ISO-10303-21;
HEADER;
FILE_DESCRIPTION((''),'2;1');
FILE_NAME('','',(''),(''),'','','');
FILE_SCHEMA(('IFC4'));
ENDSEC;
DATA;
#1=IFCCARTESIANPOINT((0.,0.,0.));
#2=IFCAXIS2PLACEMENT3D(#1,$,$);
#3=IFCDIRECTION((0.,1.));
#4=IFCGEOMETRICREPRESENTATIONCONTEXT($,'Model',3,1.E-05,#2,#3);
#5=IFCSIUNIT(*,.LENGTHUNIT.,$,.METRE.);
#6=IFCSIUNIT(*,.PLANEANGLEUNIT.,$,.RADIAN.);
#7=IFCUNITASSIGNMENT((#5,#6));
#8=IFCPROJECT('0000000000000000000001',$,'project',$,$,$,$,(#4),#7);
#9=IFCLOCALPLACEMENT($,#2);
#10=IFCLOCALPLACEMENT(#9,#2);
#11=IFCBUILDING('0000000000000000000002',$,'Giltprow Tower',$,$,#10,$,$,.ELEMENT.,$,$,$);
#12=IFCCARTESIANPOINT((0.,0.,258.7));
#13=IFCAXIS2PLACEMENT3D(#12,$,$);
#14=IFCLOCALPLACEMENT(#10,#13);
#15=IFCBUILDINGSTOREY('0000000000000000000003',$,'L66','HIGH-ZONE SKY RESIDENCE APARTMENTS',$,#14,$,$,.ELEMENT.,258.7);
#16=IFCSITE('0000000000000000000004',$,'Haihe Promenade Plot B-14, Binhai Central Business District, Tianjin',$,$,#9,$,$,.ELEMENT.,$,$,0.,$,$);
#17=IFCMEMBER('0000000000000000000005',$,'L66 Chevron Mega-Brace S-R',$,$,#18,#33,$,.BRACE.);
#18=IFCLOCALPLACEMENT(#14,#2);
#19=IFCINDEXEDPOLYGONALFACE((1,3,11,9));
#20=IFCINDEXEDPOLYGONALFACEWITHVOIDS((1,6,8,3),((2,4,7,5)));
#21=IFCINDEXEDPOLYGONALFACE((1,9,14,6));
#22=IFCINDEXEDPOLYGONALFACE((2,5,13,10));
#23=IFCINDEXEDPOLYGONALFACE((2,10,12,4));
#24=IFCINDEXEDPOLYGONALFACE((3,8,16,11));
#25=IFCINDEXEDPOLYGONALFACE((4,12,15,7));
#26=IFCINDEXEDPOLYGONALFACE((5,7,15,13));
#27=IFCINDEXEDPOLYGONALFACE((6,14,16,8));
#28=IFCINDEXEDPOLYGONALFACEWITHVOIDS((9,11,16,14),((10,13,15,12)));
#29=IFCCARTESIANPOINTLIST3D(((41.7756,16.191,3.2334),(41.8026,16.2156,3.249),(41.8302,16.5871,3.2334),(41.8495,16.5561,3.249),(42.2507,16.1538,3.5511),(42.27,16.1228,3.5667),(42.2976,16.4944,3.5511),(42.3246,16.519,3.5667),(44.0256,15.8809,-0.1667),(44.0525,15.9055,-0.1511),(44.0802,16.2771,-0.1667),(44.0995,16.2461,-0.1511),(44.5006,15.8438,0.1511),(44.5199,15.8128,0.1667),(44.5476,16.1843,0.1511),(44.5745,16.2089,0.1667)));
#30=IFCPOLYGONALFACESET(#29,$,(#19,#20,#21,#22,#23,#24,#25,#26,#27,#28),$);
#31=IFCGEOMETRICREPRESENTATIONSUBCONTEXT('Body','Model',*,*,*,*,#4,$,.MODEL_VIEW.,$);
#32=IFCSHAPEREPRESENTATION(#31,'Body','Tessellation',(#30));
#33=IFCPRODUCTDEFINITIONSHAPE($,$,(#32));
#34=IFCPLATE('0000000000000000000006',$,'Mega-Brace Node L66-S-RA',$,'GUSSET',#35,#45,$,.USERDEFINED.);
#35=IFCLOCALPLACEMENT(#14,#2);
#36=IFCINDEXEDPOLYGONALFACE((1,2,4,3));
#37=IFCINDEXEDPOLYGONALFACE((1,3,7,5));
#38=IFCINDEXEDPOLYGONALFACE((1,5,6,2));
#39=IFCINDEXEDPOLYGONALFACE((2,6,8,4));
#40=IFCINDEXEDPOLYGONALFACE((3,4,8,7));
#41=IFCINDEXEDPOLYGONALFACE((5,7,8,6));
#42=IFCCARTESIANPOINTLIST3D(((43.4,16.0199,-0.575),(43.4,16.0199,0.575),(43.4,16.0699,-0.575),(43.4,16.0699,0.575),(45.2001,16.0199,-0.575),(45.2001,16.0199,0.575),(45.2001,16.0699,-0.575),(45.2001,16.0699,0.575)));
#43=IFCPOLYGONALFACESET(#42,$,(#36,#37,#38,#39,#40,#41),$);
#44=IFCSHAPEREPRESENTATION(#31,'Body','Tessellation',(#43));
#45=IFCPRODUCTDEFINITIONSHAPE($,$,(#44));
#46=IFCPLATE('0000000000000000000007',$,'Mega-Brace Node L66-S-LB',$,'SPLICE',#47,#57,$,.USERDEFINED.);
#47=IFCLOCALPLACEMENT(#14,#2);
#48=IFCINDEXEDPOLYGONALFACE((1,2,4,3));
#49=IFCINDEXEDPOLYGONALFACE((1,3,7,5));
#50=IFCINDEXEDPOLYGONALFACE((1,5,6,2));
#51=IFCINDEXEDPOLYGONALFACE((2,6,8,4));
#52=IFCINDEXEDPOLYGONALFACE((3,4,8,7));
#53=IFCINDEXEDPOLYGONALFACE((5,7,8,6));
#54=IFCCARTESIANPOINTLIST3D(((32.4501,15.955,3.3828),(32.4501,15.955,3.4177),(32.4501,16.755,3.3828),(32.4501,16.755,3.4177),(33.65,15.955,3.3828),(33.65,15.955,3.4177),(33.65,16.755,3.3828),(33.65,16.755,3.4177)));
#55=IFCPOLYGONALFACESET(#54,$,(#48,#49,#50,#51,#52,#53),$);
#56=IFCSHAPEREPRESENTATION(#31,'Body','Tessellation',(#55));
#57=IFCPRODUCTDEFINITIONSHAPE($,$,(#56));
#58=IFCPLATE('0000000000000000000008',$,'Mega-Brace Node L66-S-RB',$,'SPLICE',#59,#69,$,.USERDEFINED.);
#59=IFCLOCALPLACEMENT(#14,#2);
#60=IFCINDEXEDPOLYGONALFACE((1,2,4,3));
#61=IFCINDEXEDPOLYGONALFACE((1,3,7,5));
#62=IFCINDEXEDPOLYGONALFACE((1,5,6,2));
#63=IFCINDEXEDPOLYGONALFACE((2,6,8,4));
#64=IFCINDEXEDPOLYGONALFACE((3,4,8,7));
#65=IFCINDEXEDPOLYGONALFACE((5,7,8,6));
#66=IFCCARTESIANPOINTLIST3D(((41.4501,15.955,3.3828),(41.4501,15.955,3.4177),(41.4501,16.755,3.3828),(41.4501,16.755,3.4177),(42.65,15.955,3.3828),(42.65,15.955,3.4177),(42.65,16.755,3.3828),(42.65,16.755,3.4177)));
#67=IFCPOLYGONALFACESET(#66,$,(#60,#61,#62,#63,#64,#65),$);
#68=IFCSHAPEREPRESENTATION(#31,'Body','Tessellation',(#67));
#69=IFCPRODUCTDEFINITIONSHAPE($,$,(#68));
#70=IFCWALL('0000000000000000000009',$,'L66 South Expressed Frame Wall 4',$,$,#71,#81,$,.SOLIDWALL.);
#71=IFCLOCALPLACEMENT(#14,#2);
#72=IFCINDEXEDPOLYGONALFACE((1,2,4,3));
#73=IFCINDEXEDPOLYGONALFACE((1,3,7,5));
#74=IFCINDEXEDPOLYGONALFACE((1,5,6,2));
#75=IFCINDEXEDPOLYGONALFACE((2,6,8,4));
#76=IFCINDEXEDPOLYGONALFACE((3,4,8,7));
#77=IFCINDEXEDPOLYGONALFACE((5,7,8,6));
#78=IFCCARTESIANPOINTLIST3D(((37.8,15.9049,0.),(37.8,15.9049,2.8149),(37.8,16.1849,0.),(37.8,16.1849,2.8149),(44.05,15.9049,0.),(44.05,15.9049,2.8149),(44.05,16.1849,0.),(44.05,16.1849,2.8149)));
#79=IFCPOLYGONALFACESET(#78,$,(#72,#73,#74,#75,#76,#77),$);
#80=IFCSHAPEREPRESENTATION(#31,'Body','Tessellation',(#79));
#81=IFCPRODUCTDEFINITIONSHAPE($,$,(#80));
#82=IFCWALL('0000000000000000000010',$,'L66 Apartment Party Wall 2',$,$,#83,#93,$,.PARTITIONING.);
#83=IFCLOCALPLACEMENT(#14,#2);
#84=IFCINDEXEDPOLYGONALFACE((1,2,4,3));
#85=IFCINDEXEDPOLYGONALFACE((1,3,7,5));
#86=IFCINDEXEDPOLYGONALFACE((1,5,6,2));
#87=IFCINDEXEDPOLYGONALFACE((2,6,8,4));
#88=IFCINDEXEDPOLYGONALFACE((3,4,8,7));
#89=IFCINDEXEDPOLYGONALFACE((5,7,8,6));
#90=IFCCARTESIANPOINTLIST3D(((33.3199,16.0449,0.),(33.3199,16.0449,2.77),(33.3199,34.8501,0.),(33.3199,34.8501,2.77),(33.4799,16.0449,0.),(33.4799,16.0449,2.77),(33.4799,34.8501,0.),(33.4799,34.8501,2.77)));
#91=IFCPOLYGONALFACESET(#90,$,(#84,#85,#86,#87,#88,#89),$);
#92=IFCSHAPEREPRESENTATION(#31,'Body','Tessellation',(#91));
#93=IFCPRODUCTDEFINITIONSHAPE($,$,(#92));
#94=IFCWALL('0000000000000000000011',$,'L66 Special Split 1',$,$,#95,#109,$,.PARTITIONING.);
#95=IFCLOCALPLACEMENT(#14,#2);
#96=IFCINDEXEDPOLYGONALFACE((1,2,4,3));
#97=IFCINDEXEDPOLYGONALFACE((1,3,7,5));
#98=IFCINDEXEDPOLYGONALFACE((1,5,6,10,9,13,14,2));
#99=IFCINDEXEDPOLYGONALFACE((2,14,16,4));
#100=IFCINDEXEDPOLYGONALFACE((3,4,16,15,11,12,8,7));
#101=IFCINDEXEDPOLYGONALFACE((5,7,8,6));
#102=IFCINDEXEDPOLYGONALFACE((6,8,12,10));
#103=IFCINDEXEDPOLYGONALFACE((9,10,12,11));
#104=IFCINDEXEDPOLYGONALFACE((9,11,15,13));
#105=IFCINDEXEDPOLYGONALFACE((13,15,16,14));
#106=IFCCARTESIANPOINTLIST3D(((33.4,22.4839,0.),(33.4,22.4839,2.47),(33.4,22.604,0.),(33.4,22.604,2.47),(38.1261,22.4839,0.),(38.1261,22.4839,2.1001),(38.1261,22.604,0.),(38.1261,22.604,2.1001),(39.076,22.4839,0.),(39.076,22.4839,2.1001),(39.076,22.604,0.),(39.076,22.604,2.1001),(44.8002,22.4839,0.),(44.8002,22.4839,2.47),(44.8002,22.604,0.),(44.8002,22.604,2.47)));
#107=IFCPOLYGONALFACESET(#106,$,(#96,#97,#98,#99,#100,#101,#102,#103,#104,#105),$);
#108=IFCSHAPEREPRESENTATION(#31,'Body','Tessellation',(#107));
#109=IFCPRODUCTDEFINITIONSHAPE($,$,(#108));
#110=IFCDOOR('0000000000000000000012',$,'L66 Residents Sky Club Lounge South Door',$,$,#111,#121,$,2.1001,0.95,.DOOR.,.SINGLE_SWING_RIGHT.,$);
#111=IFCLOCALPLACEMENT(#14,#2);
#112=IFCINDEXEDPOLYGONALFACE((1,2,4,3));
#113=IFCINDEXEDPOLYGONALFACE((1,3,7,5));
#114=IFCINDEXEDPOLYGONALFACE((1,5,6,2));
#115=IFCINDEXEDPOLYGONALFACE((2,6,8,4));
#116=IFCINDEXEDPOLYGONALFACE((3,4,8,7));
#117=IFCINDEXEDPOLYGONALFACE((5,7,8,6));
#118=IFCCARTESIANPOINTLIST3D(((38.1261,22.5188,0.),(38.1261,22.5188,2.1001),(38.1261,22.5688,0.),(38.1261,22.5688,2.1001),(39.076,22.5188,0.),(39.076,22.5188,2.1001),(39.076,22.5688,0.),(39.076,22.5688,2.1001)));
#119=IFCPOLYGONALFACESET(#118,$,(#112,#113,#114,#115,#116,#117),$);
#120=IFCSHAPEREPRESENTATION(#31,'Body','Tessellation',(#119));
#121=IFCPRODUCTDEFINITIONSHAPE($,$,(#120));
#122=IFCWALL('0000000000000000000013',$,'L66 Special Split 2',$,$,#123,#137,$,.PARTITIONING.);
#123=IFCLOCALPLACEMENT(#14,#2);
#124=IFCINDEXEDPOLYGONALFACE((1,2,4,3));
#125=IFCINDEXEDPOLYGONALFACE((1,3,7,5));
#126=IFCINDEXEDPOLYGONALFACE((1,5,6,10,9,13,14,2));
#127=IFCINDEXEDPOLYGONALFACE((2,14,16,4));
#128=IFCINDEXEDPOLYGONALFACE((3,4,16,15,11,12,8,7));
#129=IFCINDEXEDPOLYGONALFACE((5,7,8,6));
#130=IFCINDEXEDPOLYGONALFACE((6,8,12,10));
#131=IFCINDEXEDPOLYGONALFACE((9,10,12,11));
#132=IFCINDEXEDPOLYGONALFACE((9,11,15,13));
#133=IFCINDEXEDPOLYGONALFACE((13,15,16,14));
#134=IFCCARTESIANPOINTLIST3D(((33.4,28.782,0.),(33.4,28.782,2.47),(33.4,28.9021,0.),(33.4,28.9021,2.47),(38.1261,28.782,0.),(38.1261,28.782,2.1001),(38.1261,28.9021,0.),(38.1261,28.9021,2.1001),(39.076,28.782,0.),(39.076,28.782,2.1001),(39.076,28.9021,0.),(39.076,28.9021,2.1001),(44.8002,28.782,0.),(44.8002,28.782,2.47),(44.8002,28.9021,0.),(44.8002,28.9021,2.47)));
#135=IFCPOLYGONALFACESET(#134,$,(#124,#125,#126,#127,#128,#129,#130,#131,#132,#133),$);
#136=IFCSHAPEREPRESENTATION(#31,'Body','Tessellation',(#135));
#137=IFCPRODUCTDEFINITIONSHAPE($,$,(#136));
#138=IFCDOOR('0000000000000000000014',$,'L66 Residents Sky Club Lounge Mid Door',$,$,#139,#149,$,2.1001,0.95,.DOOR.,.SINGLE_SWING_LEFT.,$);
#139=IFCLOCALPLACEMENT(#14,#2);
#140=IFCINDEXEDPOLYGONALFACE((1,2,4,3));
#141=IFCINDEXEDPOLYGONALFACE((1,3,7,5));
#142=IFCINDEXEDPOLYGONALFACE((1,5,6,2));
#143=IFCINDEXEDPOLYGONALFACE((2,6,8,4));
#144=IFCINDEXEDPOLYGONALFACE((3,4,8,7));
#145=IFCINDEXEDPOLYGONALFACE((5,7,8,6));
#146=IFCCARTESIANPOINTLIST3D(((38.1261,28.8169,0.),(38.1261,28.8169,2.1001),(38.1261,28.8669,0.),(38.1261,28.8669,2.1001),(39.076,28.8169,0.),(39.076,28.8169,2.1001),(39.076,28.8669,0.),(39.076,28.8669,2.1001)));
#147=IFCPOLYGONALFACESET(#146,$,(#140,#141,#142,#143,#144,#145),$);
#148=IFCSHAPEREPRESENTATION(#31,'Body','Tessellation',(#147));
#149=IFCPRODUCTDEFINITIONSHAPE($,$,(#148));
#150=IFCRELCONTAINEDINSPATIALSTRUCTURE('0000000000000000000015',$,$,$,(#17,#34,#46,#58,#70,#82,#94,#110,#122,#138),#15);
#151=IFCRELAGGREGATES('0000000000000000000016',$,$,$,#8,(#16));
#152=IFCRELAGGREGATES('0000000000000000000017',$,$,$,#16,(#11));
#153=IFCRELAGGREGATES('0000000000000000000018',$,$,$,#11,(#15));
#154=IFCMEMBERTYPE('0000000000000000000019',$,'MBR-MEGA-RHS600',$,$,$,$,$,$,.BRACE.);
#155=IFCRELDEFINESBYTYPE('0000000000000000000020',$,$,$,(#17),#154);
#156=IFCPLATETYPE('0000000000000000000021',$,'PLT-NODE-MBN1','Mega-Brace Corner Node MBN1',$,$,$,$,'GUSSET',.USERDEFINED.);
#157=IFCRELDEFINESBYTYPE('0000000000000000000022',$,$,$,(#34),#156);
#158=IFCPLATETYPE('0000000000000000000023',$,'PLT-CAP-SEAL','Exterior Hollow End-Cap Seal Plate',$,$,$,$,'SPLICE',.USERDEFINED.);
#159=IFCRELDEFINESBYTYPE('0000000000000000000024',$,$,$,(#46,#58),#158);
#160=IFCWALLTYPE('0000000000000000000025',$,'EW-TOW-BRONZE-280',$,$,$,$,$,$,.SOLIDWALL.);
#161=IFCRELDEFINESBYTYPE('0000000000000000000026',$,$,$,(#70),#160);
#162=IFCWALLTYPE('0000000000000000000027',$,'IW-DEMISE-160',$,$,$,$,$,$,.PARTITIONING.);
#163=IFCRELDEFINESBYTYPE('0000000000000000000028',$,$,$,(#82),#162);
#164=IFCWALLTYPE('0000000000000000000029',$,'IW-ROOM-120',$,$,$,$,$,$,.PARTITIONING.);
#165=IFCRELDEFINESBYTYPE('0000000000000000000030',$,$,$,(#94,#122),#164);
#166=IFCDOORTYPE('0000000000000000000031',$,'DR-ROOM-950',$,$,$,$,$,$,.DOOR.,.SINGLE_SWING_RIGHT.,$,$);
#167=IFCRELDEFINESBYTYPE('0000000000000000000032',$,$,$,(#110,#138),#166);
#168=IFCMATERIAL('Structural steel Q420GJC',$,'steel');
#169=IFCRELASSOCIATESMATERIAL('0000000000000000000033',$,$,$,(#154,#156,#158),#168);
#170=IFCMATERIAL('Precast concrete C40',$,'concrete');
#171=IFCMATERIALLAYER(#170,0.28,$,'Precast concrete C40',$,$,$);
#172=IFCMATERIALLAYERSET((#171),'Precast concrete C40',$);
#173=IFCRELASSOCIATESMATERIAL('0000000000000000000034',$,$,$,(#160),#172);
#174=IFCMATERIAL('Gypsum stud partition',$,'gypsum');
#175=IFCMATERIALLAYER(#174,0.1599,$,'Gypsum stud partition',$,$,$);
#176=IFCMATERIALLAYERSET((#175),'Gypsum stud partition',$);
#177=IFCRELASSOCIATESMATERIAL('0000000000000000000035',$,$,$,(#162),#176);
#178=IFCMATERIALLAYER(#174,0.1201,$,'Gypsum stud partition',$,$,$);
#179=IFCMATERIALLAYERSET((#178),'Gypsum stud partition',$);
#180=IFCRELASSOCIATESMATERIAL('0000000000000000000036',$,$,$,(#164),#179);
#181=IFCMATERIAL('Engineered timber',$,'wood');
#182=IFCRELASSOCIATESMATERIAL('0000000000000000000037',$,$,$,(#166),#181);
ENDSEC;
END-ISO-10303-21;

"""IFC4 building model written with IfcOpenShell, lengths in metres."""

from ifc_helpers import new_model, si_unit, direction, frame, frame_2d, origin, origin_2d, place, context, subcontext, project, spatial, rectangle, hollow_rectangle, extrude, source, transform, mapped, material, layer, layer_set, material_profile, profile_set, type_object, element, fill, save


model = new_model("IFC4")

# Units and contexts
model_context = context("Model", 3, precision=1e-05, world=origin(), true_north=direction((0.0, 1.0)))
body_context = subcontext(model_context, "Body", "Model", "MODEL_VIEW")
ifc_project = project(units=[si_unit("LENGTHUNIT", "METRE"), si_unit("PLANEANGLEUNIT", "RADIAN")], contexts=[model_context])

# Site, building, storey
site_placement = place(None, origin())
site = spatial("IfcSite", under=ifc_project, at=site_placement, Name="Haihe Promenade Plot B-14, Binhai Central Business District, Tianjin", CompositionType="ELEMENT", RefElevation=0.0)
building_placement = place(site_placement, origin())
building = spatial("IfcBuilding", under=site, at=building_placement, Name="Giltprow Tower", CompositionType="ELEMENT")
storey_placement = place(building_placement, frame((0.0, 0.0, 258.7)))
storey = spatial("IfcBuildingStorey", under=building, at=storey_placement, Name="L66", Description="HIGH-ZONE SKY RESIDENCE APARTMENTS", CompositionType="ELEMENT", Elevation=258.7)

# Member
ifc_material_1 = material(Name="Structural steel Q420GJC", Category="steel")
ifc_material_profile_1 = material_profile(ifc_material_1, hollow_rectangle(XDim=0.3999, YDim=0.6001, WallThickness=0.0281, at=origin_2d()), Name="RHS 600x400x28")
ifc_profile_set_1 = profile_set([ifc_material_profile_1], Name="Structural steel Q420GJC")
member_type = type_object("IfcMemberType", Name="MBR-MEGA-RHS600", PredefinedType="BRACE", material=ifc_profile_set_1)
shared_shape_1 = source(origin(), body_context, "Body", "SweptSolid", [
    extrude(hollow_rectangle(XDim=0.3999, YDim=0.6001, WallThickness=0.0281, at=origin_2d()), origin(), (0.0, 0.0, 1.0), 4.0889),
])
member_placement = place(storey_placement, frame((44.3, 16.0449, 0.0), z_axis=(-0.550262, 0.075828, 0.831542), x_axis=(-0.136514, -0.990638, 0.0)))
element("IfcMember", 1, at=member_placement, inside=storey, type_object=member_type, Name="L66 Chevron Mega-Brace S-R", PredefinedType="BRACE", context=body_context, shape_type="MappedRepresentation", body=[
    mapped(shared_shape_1, transform((0.0, 0.0, 0.0), x_axis=(1.0, 0.0, 0.0), y_axis=(0.0, 1.0, 0.0), z_axis=(0.0, 0.0, 1.0), scale=1.0)),
])

# Plates
plate_type_1 = type_object("IfcPlateType", Name="PLT-NODE-MBN1", Description="Mega-Brace Corner Node MBN1", ElementType="GUSSET", PredefinedType="USERDEFINED", material=ifc_material_1)
shared_shape_2 = source(origin(), body_context, "Body", "SweptSolid", [
    extrude(rectangle(XDim=1.8, YDim=0.05, at=origin_2d()), origin(), (0.0, 0.0, 1.0), 1.1499),
])
plate_placement = place(storey_placement, frame((44.3, 16.0449, -0.575), z_axis=(0.0, 0.0, 1.0), x_axis=(1.0, 0.0, 0.0)))
element("IfcPlate", 2, at=plate_placement, inside=storey, type_object=plate_type_1, Name="Mega-Brace Node L66-S-RA", ObjectType="GUSSET", PredefinedType="USERDEFINED", context=body_context, shape_type="MappedRepresentation", body=[
    mapped(shared_shape_2, transform((0.0, 0.0, 0.0), x_axis=(1.0, 0.0, 0.0), y_axis=(0.0, 1.0, 0.0), z_axis=(0.0, 0.0, 1.0), scale=1.0)),
])
plate_type_2 = type_object("IfcPlateType", Name="PLT-CAP-SEAL", Description="Exterior Hollow End-Cap Seal Plate", ElementType="SPLICE", PredefinedType="USERDEFINED", material=ifc_material_1)
shared_shape_3 = source(origin(), body_context, "Body", "SweptSolid", [
    extrude(rectangle(XDim=1.2, YDim=0.8, at=origin_2d()), origin(), (0.0, 0.0, 1.0), 0.0349),
])
for number, where, z_axis, x_axis, name in (
    (3, (33.05, 16.355, 3.3828), (0.0, 0.0, 1.0), (1.0, 0.0, 0.0), "Mega-Brace Node L66-S-LB"),
    (4, (42.05, 16.355, 3.3828), (0.0, 0.0, 1.0), (1.0, 0.0, 0.0), "Mega-Brace Node L66-S-RB"),
):
    element("IfcPlate", number, at=place(storey_placement, frame(where, z_axis=z_axis, x_axis=x_axis)), inside=storey, type_object=plate_type_2, Name=name, ObjectType="SPLICE", PredefinedType="USERDEFINED", context=body_context, shape_type="MappedRepresentation", body=[
        mapped(shared_shape_3, transform((0.0, 0.0, 0.0), x_axis=(1.0, 0.0, 0.0), y_axis=(0.0, 1.0, 0.0), z_axis=(0.0, 0.0, 1.0), scale=1.0)),
    ])

# Walls
ifc_material_2 = material(Name="Precast concrete C40", Category="concrete")
ifc_layer_1 = layer(ifc_material_2, 0.28, Name="Precast concrete C40")
ifc_layer_set_1 = layer_set([ifc_layer_1], Name="Precast concrete C40")
wall_type_1 = type_object("IfcWallType", Name="EW-TOW-BRONZE-280", PredefinedType="SOLIDWALL", material=ifc_layer_set_1)
wall_1_placement = place(storey_placement, frame((37.8, 16.0449, 0.0), z_axis=(0.0, 0.0, 1.0), x_axis=(1.0, 0.0, 0.0)))
element("IfcWall", 5, at=wall_1_placement, inside=storey, type_object=wall_type_1, Name="L66 South Expressed Frame Wall 4", PredefinedType="SOLIDWALL", context=body_context, shape_type="SweptSolid", body=[
    extrude(rectangle(XDim=6.25, YDim=0.28, at=frame_2d((3.125, 0.0))), origin(), (0.0, 0.0, 1.0), 2.8149),
])
ifc_material_3 = material(Name="Gypsum stud partition", Category="gypsum")
ifc_layer_2 = layer(ifc_material_3, 0.1599, Name="Gypsum stud partition")
ifc_layer_set_2 = layer_set([ifc_layer_2], Name="Gypsum stud partition")
wall_type_2 = type_object("IfcWallType", Name="IW-DEMISE-160", PredefinedType="PARTITIONING", material=ifc_layer_set_2)
wall_2_placement = place(storey_placement, frame((33.3999, 16.0449, 0.0), z_axis=(0.0, 0.0, 1.0), x_axis=(0.0, 1.0, 0.0)))
element("IfcWall", 6, at=wall_2_placement, inside=storey, type_object=wall_type_2, Name="L66 Apartment Party Wall 2", PredefinedType="PARTITIONING", context=body_context, shape_type="SweptSolid", body=[
    extrude(rectangle(XDim=18.8052, YDim=0.1599, at=frame_2d((9.4026, 0.0))), origin(), (0.0, 0.0, 1.0), 2.77),
])

# Walls, openings, doors
ifc_layer_3 = layer(ifc_material_3, 0.1201, Name="Gypsum stud partition")
ifc_layer_set_3 = layer_set([ifc_layer_3], Name="Gypsum stud partition")
wall_type_3 = type_object("IfcWallType", Name="IW-ROOM-120", PredefinedType="PARTITIONING", material=ifc_layer_set_3)
wall_3_placement = place(storey_placement, frame((33.3999, 22.5439, 0.0), z_axis=(0.0, 0.0, 1.0), x_axis=(1.0, 0.0, 0.0)))
wall_3 = element("IfcWall", 7, at=wall_3_placement, inside=storey, type_object=wall_type_3, Name="L66 Special Split 1", PredefinedType="PARTITIONING", context=body_context, shape_type="SweptSolid", body=[
    extrude(rectangle(XDim=11.4001, YDim=0.1201, at=frame_2d((5.7002, 0.0))), origin(), (0.0, 0.0, 1.0), 2.47),
])
opening_1_placement = place(wall_3_placement, frame((4.7261, 0.0, 0.0)))
opening_1 = element("IfcOpeningElement", 8, at=opening_1_placement, cuts=wall_3, PredefinedType="OPENING", context=body_context, shape_type="SweptSolid", body=[
    extrude(rectangle(XDim=0.95, YDim=2.1001, at=frame_2d((0.4751, 1.05))), frame((0.0, 0.0701, 0.0), z_axis=(0.0, -1.0, 0.0), x_axis=(1.0, 0.0, 0.0)), (0.0, 0.0, 1.0), 0.1401),
])
ifc_material_4 = material(Name="Engineered timber", Category="wood")
door_type = type_object("IfcDoorType", Name="DR-ROOM-950", OperationType="SINGLE_SWING_RIGHT", PredefinedType="DOOR", material=ifc_material_4)
shared_shape_4 = source(origin(), body_context, "Body", "SweptSolid", [
    extrude(rectangle(XDim=0.95, YDim=2.1001, at=frame_2d((0.4751, 1.05))), frame((0.0, 0.0249, 0.0), z_axis=(0.0, -1.0, 0.0), x_axis=(1.0, 0.0, 0.0)), (0.0, 0.0, 1.0), 0.05),
])
door_1_placement = place(opening_1_placement, origin())
door_1 = element("IfcDoor", 9, at=door_1_placement, inside=storey, type_object=door_type, Name="L66 Residents Sky Club Lounge South Door", OperationType="SINGLE_SWING_RIGHT", OverallHeight=2.1001, OverallWidth=0.95, PredefinedType="DOOR", context=body_context, shape_type="MappedRepresentation", body=[
    mapped(shared_shape_4, transform((0.0, 0.0, 0.0), x_axis=(1.0, 0.0, 0.0), y_axis=(0.0, 1.0, 0.0), z_axis=(0.0, 0.0, 1.0), scale=1.0)),
])
fill(opening_1, door_1)
wall_4_placement = place(storey_placement, frame((33.3999, 28.842, 0.0), z_axis=(0.0, 0.0, 1.0), x_axis=(1.0, 0.0, 0.0)))
wall_4 = element("IfcWall", 10, at=wall_4_placement, inside=storey, type_object=wall_type_3, Name="L66 Special Split 2", PredefinedType="PARTITIONING", context=body_context, shape_type="SweptSolid", body=[
    extrude(rectangle(XDim=11.4001, YDim=0.1201, at=frame_2d((5.7002, 0.0))), origin(), (0.0, 0.0, 1.0), 2.47),
])
opening_2_placement = place(wall_4_placement, frame((4.7261, 0.0, 0.0)))
opening_2 = element("IfcOpeningElement", 11, at=opening_2_placement, cuts=wall_4, PredefinedType="OPENING", context=body_context, shape_type="SweptSolid", body=[
    extrude(rectangle(XDim=0.95, YDim=2.1001, at=frame_2d((0.4751, 1.05))), frame((0.0, 0.0701, 0.0), z_axis=(0.0, -1.0, 0.0), x_axis=(1.0, 0.0, 0.0)), (0.0, 0.0, 1.0), 0.1401),
])
door_2_placement = place(opening_2_placement, origin())
door_2 = element("IfcDoor", 12, at=door_2_placement, inside=storey, type_object=door_type, Name="L66 Residents Sky Club Lounge Mid Door", OperationType="SINGLE_SWING_LEFT", OverallHeight=2.1001, OverallWidth=0.95, PredefinedType="DOOR", context=body_context, shape_type="MappedRepresentation", body=[
    mapped(shared_shape_4, transform((0.0, 0.0, 0.0), x_axis=(1.0, 0.0, 0.0), y_axis=(0.0, 1.0, 0.0), z_axis=(0.0, 0.0, 1.0), scale=1.0)),
])
fill(opening_2, door_2)

save(model, "model.ifc")
